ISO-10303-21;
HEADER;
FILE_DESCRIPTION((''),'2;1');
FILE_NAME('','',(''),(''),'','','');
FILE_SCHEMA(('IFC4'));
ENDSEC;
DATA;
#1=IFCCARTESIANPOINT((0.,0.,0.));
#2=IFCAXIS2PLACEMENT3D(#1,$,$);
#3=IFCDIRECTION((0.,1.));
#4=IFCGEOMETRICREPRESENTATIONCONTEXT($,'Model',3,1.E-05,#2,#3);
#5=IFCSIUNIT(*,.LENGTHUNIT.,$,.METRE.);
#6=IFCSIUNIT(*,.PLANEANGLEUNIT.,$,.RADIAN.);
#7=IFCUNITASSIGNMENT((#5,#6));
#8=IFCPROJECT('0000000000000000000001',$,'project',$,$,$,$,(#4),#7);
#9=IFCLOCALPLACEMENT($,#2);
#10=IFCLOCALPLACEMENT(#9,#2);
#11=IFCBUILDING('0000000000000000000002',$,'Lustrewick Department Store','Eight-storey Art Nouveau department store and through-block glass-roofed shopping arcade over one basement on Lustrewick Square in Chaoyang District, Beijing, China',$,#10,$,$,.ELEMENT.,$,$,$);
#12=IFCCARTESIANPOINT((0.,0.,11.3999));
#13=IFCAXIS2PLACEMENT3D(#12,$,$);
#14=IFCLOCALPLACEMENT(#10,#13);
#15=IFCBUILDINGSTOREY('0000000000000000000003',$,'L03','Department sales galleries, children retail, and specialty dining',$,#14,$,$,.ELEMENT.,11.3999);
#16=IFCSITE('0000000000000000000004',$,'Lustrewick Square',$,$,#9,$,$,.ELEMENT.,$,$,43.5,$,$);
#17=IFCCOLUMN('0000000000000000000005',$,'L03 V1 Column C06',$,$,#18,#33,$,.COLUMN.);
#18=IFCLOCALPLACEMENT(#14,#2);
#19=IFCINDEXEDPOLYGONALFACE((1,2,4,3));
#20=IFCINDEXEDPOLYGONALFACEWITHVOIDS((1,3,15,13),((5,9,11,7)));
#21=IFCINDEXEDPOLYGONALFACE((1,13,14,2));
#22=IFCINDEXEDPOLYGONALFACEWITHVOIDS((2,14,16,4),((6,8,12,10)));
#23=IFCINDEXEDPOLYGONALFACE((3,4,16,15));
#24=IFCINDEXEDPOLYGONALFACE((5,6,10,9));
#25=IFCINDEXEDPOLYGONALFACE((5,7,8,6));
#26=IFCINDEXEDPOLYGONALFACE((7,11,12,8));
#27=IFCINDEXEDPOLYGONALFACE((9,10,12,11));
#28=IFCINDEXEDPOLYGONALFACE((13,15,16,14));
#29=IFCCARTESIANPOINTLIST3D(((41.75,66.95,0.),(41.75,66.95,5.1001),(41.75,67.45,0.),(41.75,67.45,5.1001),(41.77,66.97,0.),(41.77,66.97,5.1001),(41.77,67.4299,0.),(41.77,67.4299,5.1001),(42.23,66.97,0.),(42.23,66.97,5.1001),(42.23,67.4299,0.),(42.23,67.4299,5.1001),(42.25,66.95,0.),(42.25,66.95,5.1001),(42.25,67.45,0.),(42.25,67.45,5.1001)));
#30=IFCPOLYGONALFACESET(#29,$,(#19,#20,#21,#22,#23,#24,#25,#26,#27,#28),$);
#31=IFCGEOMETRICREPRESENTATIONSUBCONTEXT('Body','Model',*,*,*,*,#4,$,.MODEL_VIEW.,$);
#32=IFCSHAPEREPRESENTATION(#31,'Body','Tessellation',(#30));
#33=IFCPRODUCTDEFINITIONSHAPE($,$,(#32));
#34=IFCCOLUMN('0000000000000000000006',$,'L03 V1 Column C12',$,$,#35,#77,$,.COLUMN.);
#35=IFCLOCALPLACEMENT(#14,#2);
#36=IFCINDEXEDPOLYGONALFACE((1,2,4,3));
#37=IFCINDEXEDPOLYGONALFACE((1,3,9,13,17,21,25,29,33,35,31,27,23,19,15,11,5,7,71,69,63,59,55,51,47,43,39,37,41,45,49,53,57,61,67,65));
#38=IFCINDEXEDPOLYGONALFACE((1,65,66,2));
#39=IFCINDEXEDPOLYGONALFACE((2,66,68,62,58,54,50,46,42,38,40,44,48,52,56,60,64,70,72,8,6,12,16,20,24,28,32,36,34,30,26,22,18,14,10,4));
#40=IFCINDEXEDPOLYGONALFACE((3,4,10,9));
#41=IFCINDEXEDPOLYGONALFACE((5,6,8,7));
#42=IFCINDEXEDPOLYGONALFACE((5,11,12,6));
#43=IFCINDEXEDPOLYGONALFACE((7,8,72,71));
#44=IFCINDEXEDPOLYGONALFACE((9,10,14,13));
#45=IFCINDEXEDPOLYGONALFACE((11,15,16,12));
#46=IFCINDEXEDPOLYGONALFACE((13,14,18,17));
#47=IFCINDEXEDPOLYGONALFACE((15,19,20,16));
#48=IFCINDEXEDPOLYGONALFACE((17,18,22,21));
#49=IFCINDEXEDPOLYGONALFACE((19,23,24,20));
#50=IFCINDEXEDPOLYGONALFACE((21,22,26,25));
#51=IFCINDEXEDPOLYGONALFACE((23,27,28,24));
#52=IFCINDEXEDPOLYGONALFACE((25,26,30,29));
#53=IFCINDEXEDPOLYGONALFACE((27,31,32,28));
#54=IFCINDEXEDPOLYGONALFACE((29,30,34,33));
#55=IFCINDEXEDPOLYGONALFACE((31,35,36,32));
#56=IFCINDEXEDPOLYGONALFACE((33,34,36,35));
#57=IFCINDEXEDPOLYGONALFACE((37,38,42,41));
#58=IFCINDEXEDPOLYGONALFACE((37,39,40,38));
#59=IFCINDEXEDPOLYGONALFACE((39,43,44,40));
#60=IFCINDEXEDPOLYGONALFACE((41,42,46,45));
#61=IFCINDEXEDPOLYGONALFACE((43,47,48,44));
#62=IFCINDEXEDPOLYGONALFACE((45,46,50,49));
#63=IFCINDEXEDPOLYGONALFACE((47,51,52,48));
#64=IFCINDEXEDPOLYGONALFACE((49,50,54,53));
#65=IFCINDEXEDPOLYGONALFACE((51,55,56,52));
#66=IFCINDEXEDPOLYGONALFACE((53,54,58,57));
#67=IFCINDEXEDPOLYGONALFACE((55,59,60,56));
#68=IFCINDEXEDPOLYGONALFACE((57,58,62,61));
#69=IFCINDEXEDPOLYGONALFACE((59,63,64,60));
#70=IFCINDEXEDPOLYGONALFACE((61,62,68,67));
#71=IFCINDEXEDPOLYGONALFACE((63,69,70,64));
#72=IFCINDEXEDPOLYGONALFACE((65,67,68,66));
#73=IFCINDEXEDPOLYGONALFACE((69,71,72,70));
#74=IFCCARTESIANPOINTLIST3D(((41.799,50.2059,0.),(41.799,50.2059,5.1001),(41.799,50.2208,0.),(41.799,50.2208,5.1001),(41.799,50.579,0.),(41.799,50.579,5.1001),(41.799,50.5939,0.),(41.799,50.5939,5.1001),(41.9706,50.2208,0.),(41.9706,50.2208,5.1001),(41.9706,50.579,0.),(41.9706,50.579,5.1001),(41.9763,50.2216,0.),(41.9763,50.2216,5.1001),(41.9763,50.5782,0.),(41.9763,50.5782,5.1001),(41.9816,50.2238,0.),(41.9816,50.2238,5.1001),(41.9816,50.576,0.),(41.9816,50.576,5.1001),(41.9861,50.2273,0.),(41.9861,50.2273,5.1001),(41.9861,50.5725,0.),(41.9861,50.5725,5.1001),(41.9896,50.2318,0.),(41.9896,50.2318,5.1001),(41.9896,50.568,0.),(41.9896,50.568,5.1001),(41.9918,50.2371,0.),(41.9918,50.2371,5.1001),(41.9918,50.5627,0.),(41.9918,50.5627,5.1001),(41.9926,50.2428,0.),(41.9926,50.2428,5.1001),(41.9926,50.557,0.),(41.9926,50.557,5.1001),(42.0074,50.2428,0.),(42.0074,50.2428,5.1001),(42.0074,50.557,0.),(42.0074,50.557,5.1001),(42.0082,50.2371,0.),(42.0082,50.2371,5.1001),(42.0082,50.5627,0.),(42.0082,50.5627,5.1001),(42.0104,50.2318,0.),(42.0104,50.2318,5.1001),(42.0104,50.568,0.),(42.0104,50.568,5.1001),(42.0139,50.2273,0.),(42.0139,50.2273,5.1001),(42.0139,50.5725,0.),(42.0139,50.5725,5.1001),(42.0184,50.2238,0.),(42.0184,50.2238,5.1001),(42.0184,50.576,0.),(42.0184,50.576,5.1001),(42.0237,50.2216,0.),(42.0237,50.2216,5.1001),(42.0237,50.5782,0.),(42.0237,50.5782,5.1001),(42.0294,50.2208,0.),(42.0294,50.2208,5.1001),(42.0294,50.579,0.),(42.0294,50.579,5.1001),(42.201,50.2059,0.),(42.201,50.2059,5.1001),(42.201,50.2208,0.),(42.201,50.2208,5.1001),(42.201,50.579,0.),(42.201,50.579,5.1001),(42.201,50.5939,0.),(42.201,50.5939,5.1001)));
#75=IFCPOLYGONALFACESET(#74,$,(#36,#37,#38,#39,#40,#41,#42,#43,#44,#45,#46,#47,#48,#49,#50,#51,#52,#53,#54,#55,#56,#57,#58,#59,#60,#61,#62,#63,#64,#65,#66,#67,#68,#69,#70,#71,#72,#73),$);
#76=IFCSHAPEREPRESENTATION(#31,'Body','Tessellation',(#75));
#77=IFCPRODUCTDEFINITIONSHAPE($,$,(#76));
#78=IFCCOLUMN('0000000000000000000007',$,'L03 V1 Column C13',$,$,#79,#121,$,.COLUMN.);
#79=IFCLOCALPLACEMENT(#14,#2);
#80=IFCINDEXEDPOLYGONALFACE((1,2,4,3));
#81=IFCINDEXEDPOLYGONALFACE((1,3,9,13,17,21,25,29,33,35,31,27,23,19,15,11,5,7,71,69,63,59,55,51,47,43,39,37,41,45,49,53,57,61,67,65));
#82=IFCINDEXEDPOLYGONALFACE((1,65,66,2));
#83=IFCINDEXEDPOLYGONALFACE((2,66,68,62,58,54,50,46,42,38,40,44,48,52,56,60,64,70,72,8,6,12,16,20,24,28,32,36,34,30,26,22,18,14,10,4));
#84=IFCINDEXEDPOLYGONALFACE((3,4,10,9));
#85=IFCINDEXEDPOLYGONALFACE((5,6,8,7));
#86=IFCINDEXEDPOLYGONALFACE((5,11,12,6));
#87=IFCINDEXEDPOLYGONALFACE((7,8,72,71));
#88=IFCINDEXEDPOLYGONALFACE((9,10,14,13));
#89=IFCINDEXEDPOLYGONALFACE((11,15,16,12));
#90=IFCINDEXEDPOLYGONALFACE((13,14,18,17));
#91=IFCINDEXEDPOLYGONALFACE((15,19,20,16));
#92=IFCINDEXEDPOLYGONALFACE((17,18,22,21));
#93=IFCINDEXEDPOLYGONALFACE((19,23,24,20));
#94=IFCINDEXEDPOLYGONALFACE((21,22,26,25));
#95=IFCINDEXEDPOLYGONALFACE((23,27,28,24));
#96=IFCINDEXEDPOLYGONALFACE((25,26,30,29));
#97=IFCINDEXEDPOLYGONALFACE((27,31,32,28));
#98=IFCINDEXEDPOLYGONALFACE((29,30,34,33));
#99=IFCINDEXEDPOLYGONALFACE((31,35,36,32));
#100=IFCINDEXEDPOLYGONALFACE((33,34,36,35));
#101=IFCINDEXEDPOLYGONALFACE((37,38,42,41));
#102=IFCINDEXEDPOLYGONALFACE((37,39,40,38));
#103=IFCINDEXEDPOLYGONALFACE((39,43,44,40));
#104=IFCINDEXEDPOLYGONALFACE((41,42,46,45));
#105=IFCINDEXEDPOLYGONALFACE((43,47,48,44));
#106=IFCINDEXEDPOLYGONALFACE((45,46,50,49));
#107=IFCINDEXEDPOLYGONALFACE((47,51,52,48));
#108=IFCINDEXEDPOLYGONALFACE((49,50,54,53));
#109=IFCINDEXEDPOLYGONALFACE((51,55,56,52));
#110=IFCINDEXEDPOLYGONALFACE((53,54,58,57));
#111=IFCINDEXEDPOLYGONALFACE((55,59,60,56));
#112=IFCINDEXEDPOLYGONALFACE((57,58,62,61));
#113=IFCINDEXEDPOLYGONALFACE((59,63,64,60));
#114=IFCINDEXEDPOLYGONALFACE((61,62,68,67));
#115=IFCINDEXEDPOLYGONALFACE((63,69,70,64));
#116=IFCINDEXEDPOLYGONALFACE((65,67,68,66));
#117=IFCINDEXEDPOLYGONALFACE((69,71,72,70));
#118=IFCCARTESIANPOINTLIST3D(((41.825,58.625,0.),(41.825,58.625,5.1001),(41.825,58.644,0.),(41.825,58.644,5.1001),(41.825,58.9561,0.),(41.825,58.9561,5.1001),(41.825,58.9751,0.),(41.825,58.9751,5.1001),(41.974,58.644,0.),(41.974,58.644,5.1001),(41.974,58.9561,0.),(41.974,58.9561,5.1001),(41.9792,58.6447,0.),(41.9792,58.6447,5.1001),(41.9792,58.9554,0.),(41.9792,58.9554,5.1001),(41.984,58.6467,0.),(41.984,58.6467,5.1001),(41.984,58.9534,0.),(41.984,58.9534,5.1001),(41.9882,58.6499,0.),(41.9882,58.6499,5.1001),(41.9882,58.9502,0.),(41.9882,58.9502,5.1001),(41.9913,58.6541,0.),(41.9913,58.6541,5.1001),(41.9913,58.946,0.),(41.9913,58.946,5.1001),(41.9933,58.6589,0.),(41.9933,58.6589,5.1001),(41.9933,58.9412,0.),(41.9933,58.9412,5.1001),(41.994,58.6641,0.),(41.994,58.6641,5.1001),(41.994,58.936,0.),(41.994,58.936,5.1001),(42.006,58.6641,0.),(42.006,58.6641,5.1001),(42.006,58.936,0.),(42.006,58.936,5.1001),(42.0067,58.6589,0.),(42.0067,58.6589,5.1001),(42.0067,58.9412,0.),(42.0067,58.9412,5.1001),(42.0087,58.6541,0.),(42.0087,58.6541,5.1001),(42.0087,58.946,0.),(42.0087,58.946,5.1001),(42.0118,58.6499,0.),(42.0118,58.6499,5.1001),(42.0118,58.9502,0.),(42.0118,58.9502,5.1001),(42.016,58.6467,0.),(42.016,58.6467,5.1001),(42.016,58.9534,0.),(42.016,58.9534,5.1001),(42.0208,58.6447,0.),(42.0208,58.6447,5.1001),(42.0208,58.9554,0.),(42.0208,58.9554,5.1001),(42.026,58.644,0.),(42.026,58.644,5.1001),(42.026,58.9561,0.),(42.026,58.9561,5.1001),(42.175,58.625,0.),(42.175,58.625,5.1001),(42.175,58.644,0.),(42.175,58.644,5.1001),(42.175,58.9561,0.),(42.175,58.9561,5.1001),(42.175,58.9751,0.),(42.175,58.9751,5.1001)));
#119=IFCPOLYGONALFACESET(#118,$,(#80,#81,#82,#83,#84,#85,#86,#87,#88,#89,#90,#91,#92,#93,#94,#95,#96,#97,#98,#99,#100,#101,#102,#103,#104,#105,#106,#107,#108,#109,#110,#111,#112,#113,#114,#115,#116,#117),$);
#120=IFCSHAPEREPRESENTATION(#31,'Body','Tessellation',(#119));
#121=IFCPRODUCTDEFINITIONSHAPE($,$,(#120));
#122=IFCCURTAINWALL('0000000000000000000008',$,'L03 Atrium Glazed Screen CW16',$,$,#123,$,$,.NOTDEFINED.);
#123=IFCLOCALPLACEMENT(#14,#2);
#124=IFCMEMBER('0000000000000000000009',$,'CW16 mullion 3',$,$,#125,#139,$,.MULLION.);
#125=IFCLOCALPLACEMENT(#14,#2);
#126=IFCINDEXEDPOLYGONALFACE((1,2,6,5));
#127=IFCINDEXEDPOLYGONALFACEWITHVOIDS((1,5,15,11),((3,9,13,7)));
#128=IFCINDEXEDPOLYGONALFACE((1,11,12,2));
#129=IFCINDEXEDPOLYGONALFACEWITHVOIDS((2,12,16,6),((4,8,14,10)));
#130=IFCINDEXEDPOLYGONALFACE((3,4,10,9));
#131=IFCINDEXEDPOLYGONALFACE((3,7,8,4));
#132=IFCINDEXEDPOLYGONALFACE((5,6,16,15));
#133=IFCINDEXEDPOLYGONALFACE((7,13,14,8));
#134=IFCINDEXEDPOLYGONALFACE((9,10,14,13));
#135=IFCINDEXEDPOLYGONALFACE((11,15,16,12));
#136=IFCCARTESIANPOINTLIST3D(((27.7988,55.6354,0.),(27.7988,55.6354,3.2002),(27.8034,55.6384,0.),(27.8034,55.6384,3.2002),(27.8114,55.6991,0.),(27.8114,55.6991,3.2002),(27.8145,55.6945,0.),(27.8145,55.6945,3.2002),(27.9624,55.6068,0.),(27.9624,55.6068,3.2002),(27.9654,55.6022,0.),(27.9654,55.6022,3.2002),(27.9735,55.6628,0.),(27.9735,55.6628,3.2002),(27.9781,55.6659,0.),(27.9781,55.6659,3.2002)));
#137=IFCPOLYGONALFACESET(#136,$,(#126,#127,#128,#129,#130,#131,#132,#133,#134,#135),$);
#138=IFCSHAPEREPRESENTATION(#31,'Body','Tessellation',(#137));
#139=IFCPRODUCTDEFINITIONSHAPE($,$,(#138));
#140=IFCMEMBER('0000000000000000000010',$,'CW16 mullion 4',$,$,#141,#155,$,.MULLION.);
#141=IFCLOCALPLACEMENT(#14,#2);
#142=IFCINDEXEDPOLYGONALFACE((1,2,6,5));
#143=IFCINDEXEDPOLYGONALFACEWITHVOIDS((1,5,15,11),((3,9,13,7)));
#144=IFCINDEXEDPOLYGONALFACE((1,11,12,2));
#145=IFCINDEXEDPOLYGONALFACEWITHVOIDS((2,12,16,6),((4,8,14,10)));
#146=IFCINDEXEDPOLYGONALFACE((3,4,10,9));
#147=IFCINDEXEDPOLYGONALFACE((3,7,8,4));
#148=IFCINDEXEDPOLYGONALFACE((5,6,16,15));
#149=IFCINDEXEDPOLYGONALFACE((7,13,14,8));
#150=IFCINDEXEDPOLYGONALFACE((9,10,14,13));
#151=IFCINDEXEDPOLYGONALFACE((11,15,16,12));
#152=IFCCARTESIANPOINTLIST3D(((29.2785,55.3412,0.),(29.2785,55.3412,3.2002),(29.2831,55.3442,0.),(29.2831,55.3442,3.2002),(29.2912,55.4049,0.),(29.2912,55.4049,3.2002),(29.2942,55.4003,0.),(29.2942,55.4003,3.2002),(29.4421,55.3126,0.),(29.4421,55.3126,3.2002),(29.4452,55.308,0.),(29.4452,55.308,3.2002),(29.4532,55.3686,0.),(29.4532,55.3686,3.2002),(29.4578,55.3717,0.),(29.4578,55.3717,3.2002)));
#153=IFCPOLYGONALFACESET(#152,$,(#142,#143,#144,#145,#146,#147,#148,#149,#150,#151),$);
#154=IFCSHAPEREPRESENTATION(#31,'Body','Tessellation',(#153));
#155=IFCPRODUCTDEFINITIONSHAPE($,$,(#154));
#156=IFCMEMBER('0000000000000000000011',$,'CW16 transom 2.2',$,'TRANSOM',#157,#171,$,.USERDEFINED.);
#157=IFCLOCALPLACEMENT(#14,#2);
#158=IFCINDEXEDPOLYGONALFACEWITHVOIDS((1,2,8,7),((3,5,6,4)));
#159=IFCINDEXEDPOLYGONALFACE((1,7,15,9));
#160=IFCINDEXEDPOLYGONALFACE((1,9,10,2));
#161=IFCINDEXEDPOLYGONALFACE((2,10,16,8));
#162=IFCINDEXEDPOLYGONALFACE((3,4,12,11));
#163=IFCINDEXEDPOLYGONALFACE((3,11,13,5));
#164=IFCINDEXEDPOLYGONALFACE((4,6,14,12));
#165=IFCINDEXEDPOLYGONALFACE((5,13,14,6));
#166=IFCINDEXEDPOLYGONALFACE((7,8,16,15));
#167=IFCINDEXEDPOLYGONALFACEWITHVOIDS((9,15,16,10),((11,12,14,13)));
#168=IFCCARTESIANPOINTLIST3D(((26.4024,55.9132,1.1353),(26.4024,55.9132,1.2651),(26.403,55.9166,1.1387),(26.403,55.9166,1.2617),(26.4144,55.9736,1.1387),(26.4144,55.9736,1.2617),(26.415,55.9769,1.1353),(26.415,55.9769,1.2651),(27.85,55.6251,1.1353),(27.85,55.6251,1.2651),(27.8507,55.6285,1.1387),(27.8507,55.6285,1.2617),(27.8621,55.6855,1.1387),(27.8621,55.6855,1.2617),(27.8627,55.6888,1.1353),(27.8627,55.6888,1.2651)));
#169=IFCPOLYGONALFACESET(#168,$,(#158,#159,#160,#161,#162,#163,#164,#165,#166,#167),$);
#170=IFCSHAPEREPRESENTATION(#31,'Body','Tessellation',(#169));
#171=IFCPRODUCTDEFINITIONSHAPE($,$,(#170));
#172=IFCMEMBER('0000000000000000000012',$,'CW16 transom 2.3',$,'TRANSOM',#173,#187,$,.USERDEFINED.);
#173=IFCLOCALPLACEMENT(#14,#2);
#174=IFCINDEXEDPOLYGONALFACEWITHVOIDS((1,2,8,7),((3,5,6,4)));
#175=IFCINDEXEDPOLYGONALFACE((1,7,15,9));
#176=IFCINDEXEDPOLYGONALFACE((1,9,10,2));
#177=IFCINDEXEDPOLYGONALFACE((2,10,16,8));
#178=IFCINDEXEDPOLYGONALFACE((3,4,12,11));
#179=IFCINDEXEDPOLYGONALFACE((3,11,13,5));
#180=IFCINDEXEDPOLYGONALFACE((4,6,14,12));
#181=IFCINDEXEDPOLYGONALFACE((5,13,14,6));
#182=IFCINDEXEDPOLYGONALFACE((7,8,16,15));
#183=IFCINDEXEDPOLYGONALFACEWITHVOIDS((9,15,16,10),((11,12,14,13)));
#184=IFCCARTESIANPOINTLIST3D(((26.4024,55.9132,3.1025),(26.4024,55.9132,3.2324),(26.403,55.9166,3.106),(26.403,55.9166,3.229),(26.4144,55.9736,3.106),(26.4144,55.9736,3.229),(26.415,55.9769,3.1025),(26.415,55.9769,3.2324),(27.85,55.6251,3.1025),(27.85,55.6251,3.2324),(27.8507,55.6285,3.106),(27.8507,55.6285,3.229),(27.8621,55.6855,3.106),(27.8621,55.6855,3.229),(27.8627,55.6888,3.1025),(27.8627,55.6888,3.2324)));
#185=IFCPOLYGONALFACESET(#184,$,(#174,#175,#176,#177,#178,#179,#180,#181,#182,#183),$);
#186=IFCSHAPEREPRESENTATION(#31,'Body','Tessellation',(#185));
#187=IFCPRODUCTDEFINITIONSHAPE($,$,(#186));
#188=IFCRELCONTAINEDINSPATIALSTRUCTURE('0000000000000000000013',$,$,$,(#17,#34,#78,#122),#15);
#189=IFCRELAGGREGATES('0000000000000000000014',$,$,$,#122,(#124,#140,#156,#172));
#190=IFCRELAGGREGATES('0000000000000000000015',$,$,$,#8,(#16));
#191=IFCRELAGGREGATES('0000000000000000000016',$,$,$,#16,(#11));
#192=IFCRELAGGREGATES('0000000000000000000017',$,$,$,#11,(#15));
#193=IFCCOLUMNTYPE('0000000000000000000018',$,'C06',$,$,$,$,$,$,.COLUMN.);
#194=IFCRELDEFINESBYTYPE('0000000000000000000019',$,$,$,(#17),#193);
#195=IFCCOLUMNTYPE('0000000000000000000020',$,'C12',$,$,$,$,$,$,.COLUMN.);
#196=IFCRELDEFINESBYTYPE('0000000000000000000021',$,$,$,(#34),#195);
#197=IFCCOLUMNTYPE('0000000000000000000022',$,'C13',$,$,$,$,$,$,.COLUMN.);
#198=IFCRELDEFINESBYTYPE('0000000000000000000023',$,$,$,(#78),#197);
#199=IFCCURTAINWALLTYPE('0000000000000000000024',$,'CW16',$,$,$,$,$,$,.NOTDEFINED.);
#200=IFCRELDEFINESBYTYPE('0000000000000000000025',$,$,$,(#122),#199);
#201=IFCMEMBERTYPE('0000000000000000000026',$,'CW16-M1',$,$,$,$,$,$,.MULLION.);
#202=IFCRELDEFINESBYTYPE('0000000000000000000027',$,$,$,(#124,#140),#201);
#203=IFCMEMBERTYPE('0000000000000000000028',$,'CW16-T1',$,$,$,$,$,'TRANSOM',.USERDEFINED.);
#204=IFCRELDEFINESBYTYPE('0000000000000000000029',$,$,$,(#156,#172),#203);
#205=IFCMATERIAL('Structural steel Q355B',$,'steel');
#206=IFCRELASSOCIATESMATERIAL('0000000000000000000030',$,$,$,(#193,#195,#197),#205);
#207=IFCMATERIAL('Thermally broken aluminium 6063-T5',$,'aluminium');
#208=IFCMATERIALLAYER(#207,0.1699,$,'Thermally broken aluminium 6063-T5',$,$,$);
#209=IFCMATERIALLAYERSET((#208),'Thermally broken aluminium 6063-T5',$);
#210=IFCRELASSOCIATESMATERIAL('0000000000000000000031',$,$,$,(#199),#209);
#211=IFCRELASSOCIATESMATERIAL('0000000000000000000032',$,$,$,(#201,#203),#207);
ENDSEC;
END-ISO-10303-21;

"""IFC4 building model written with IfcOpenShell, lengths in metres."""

from ifc_helpers import new_model, si_unit, direction, frame, origin, origin_2d, place, context, subcontext, project, spatial, hollow_rectangle, i_section, extrude, material, layer, layer_set, material_profile, profile_set, type_object, element, aggregate, save


model = new_model("IFC4")

# Units and contexts
model_context = context("Model", 3, precision=1e-05, world=origin(), true_north=direction((0.0, 1.0)))
body_context = subcontext(model_context, "Body", "Model", "MODEL_VIEW")
ifc_project = project(units=[si_unit("LENGTHUNIT", "METRE"), si_unit("PLANEANGLEUNIT", "RADIAN")], contexts=[model_context])

# Site, building, storey
site_placement = place(None, origin())
site = spatial("IfcSite", under=ifc_project, at=site_placement, Name="Lustrewick Square", CompositionType="ELEMENT", RefElevation=43.5)
building_placement = place(site_placement, origin())
building = spatial("IfcBuilding", under=site, at=building_placement, Name="Lustrewick Department Store", Description="Eight-storey Art Nouveau department store and through-block glass-roofed shopping arcade over one basement on Lustrewick Square in Chaoyang District, Beijing, China", CompositionType="ELEMENT")
storey_placement = place(building_placement, frame((0.0, 0.0, 11.3999)))
storey = spatial("IfcBuildingStorey", under=building, at=storey_placement, Name="L03", Description="Department sales galleries, children retail, and specialty dining", CompositionType="ELEMENT", Elevation=11.3999)

# Columns
ifc_material_1 = material(Name="Structural steel Q355B", Category="steel")
ifc_material_profile_1 = material_profile(ifc_material_1, hollow_rectangle(XDim=0.5, YDim=0.5, WallThickness=0.02, at=origin_2d()), Name="BOX 500x500x20")
ifc_profile_set_1 = profile_set([ifc_material_profile_1], Name="Structural steel Q355B")
column_type_1 = type_object("IfcColumnType", Name="C06", PredefinedType="COLUMN", material=ifc_profile_set_1)
column_1_placement = place(storey_placement, frame((42.0, 67.2, 0.0), z_axis=(0.0, 0.0, 1.0), x_axis=(1.0, 0.0, 0.0)))
element("IfcColumn", 1, at=column_1_placement, inside=storey, type_object=column_type_1, Name="L03 V1 Column C06", PredefinedType="COLUMN", context=body_context, shape_type="SweptSolid", body=[
    extrude(hollow_rectangle(XDim=0.5, YDim=0.5, WallThickness=0.02, at=origin_2d()), origin(), (0.0, 0.0, 1.0), 5.1001),
])
ifc_material_profile_2 = material_profile(ifc_material_1, i_section(OverallWidth=0.4021, OverallDepth=0.3879, WebThickness=0.0149, FlangeThickness=0.0149, FilletRadius=0.022, at=origin_2d()), Name="HW 388x402x15x15")
ifc_profile_set_2 = profile_set([ifc_material_profile_2], Name="Structural steel Q355B")
column_type_2 = type_object("IfcColumnType", Name="C12", PredefinedType="COLUMN", material=ifc_profile_set_2)
column_2_placement = place(storey_placement, frame((42.0, 50.3999, 0.0), z_axis=(0.0, 0.0, 1.0), x_axis=(1.0, 0.0, 0.0)))
element("IfcColumn", 2, at=column_2_placement, inside=storey, type_object=column_type_2, Name="L03 V1 Column C12", PredefinedType="COLUMN", context=body_context, shape_type="SweptSolid", body=[
    extrude(i_section(OverallWidth=0.4021, OverallDepth=0.3879, WebThickness=0.0149, FlangeThickness=0.0149, FilletRadius=0.022, at=origin_2d()), origin(), (0.0, 0.0, 1.0), 5.1001),
])
ifc_material_profile_3 = material_profile(ifc_material_1, i_section(OverallWidth=0.3501, OverallDepth=0.3501, WebThickness=0.012, FlangeThickness=0.019, FilletRadius=0.02, at=origin_2d()), Name="HW 350x350x12x19")
ifc_profile_set_3 = profile_set([ifc_material_profile_3], Name="Structural steel Q355B")
column_type_3 = type_object("IfcColumnType", Name="C13", PredefinedType="COLUMN", material=ifc_profile_set_3)
column_3_placement = place(storey_placement, frame((42.0, 58.8, 0.0), z_axis=(0.0, 0.0, 1.0), x_axis=(1.0, 0.0, 0.0)))
element("IfcColumn", 3, at=column_3_placement, inside=storey, type_object=column_type_3, Name="L03 V1 Column C13", PredefinedType="COLUMN", context=body_context, shape_type="SweptSolid", body=[
    extrude(i_section(OverallWidth=0.3501, OverallDepth=0.3501, WebThickness=0.012, FlangeThickness=0.019, FilletRadius=0.02, at=origin_2d()), origin(), (0.0, 0.0, 1.0), 5.1001),
])

# Curtain wall, members
ifc_material_2 = material(Name="Thermally broken aluminium 6063-T5", Category="aluminium")
ifc_layer_1 = layer(ifc_material_2, 0.1699, Name="Thermally broken aluminium 6063-T5")
ifc_layer_set_1 = layer_set([ifc_layer_1], Name="Thermally broken aluminium 6063-T5")
curtain_wall_type_1 = type_object("IfcCurtainWallType", Name="CW16", PredefinedType="NOTDEFINED", material=ifc_layer_set_1)
curtain_wall_1_placement = place(storey_placement, origin())
curtain_wall_1 = element("IfcCurtainWall", 4, at=curtain_wall_1_placement, inside=storey, type_object=curtain_wall_type_1, Name="L03 Atrium Glazed Screen CW16", PredefinedType="NOTDEFINED")
ifc_material_profile_4 = material_profile(ifc_material_2, hollow_rectangle(XDim=0.0649, YDim=0.1699, WallThickness=0.0039, at=origin_2d()), Name="ALU-M 65x170x4")
ifc_profile_set_4 = profile_set([ifc_material_profile_4], Name="Thermally broken aluminium 6063-T5")
member_type_1 = type_object("IfcMemberType", Name="CW16-M1", PredefinedType="MULLION", material=ifc_profile_set_4)
member_1_placement = place(storey_placement, frame((27.8884, 55.6506, 0.0), z_axis=(0.0, 0.0, 1.0), x_axis=(0.195085, 0.980786, 0.0)))
member_1 = element("IfcMember", 5, at=member_1_placement, type_object=member_type_1, Name="CW16 mullion 3", PredefinedType="MULLION", context=body_context, shape_type="SweptSolid", body=[
    extrude(hollow_rectangle(XDim=0.0649, YDim=0.1699, WallThickness=0.0039, at=origin_2d()), origin(), (0.0, 0.0, 1.0), 3.2002),
])
member_2_placement = place(storey_placement, frame((29.3682, 55.3564, 0.0), z_axis=(0.0, 0.0, 1.0), x_axis=(0.195085, 0.980786, 0.0)))
member_2 = element("IfcMember", 6, at=member_2_placement, type_object=member_type_1, Name="CW16 mullion 4", PredefinedType="MULLION", context=body_context, shape_type="SweptSolid", body=[
    extrude(hollow_rectangle(XDim=0.0649, YDim=0.1699, WallThickness=0.0039, at=origin_2d()), origin(), (0.0, 0.0, 1.0), 3.2002),
])
ifc_material_profile_5 = material_profile(ifc_material_2, hollow_rectangle(XDim=0.0649, YDim=0.1299, WallThickness=0.0034, at=origin_2d()), Name="ALU-T 65x130x3.5")
ifc_profile_set_5 = profile_set([ifc_material_profile_5], Name="Thermally broken aluminium 6063-T5")
member_type_2 = type_object("IfcMemberType", Name="CW16-T1", ElementType="TRANSOM", PredefinedType="USERDEFINED", material=ifc_profile_set_5)
member_3_placement = place(storey_placement, frame((26.4087, 55.9451, 1.2002), z_axis=(0.980771, -0.195162, 0.0), x_axis=(0.195162, 0.980771, 0.0)))
member_3 = element("IfcMember", 7, at=member_3_placement, type_object=member_type_2, Name="CW16 transom 2.2", ObjectType="TRANSOM", PredefinedType="USERDEFINED", context=body_context, shape_type="SweptSolid", body=[
    extrude(hollow_rectangle(XDim=0.0649, YDim=0.1299, WallThickness=0.0034, at=origin_2d()), origin(), (0.0, 0.0, 1.0), 1.4761),
])
member_4_placement = place(storey_placement, frame((26.4087, 55.9451, 3.1675), z_axis=(0.980771, -0.195162, 0.0), x_axis=(0.195162, 0.980771, 0.0)))
member_4 = element("IfcMember", 8, at=member_4_placement, type_object=member_type_2, Name="CW16 transom 2.3", ObjectType="TRANSOM", PredefinedType="USERDEFINED", context=body_context, shape_type="SweptSolid", body=[
    extrude(hollow_rectangle(XDim=0.0649, YDim=0.1299, WallThickness=0.0034, at=origin_2d()), origin(), (0.0, 0.0, 1.0), 1.4761),
])

aggregate(curtain_wall_1, [member_1, member_2, member_3, member_4])

save(model, "model.ifc")
